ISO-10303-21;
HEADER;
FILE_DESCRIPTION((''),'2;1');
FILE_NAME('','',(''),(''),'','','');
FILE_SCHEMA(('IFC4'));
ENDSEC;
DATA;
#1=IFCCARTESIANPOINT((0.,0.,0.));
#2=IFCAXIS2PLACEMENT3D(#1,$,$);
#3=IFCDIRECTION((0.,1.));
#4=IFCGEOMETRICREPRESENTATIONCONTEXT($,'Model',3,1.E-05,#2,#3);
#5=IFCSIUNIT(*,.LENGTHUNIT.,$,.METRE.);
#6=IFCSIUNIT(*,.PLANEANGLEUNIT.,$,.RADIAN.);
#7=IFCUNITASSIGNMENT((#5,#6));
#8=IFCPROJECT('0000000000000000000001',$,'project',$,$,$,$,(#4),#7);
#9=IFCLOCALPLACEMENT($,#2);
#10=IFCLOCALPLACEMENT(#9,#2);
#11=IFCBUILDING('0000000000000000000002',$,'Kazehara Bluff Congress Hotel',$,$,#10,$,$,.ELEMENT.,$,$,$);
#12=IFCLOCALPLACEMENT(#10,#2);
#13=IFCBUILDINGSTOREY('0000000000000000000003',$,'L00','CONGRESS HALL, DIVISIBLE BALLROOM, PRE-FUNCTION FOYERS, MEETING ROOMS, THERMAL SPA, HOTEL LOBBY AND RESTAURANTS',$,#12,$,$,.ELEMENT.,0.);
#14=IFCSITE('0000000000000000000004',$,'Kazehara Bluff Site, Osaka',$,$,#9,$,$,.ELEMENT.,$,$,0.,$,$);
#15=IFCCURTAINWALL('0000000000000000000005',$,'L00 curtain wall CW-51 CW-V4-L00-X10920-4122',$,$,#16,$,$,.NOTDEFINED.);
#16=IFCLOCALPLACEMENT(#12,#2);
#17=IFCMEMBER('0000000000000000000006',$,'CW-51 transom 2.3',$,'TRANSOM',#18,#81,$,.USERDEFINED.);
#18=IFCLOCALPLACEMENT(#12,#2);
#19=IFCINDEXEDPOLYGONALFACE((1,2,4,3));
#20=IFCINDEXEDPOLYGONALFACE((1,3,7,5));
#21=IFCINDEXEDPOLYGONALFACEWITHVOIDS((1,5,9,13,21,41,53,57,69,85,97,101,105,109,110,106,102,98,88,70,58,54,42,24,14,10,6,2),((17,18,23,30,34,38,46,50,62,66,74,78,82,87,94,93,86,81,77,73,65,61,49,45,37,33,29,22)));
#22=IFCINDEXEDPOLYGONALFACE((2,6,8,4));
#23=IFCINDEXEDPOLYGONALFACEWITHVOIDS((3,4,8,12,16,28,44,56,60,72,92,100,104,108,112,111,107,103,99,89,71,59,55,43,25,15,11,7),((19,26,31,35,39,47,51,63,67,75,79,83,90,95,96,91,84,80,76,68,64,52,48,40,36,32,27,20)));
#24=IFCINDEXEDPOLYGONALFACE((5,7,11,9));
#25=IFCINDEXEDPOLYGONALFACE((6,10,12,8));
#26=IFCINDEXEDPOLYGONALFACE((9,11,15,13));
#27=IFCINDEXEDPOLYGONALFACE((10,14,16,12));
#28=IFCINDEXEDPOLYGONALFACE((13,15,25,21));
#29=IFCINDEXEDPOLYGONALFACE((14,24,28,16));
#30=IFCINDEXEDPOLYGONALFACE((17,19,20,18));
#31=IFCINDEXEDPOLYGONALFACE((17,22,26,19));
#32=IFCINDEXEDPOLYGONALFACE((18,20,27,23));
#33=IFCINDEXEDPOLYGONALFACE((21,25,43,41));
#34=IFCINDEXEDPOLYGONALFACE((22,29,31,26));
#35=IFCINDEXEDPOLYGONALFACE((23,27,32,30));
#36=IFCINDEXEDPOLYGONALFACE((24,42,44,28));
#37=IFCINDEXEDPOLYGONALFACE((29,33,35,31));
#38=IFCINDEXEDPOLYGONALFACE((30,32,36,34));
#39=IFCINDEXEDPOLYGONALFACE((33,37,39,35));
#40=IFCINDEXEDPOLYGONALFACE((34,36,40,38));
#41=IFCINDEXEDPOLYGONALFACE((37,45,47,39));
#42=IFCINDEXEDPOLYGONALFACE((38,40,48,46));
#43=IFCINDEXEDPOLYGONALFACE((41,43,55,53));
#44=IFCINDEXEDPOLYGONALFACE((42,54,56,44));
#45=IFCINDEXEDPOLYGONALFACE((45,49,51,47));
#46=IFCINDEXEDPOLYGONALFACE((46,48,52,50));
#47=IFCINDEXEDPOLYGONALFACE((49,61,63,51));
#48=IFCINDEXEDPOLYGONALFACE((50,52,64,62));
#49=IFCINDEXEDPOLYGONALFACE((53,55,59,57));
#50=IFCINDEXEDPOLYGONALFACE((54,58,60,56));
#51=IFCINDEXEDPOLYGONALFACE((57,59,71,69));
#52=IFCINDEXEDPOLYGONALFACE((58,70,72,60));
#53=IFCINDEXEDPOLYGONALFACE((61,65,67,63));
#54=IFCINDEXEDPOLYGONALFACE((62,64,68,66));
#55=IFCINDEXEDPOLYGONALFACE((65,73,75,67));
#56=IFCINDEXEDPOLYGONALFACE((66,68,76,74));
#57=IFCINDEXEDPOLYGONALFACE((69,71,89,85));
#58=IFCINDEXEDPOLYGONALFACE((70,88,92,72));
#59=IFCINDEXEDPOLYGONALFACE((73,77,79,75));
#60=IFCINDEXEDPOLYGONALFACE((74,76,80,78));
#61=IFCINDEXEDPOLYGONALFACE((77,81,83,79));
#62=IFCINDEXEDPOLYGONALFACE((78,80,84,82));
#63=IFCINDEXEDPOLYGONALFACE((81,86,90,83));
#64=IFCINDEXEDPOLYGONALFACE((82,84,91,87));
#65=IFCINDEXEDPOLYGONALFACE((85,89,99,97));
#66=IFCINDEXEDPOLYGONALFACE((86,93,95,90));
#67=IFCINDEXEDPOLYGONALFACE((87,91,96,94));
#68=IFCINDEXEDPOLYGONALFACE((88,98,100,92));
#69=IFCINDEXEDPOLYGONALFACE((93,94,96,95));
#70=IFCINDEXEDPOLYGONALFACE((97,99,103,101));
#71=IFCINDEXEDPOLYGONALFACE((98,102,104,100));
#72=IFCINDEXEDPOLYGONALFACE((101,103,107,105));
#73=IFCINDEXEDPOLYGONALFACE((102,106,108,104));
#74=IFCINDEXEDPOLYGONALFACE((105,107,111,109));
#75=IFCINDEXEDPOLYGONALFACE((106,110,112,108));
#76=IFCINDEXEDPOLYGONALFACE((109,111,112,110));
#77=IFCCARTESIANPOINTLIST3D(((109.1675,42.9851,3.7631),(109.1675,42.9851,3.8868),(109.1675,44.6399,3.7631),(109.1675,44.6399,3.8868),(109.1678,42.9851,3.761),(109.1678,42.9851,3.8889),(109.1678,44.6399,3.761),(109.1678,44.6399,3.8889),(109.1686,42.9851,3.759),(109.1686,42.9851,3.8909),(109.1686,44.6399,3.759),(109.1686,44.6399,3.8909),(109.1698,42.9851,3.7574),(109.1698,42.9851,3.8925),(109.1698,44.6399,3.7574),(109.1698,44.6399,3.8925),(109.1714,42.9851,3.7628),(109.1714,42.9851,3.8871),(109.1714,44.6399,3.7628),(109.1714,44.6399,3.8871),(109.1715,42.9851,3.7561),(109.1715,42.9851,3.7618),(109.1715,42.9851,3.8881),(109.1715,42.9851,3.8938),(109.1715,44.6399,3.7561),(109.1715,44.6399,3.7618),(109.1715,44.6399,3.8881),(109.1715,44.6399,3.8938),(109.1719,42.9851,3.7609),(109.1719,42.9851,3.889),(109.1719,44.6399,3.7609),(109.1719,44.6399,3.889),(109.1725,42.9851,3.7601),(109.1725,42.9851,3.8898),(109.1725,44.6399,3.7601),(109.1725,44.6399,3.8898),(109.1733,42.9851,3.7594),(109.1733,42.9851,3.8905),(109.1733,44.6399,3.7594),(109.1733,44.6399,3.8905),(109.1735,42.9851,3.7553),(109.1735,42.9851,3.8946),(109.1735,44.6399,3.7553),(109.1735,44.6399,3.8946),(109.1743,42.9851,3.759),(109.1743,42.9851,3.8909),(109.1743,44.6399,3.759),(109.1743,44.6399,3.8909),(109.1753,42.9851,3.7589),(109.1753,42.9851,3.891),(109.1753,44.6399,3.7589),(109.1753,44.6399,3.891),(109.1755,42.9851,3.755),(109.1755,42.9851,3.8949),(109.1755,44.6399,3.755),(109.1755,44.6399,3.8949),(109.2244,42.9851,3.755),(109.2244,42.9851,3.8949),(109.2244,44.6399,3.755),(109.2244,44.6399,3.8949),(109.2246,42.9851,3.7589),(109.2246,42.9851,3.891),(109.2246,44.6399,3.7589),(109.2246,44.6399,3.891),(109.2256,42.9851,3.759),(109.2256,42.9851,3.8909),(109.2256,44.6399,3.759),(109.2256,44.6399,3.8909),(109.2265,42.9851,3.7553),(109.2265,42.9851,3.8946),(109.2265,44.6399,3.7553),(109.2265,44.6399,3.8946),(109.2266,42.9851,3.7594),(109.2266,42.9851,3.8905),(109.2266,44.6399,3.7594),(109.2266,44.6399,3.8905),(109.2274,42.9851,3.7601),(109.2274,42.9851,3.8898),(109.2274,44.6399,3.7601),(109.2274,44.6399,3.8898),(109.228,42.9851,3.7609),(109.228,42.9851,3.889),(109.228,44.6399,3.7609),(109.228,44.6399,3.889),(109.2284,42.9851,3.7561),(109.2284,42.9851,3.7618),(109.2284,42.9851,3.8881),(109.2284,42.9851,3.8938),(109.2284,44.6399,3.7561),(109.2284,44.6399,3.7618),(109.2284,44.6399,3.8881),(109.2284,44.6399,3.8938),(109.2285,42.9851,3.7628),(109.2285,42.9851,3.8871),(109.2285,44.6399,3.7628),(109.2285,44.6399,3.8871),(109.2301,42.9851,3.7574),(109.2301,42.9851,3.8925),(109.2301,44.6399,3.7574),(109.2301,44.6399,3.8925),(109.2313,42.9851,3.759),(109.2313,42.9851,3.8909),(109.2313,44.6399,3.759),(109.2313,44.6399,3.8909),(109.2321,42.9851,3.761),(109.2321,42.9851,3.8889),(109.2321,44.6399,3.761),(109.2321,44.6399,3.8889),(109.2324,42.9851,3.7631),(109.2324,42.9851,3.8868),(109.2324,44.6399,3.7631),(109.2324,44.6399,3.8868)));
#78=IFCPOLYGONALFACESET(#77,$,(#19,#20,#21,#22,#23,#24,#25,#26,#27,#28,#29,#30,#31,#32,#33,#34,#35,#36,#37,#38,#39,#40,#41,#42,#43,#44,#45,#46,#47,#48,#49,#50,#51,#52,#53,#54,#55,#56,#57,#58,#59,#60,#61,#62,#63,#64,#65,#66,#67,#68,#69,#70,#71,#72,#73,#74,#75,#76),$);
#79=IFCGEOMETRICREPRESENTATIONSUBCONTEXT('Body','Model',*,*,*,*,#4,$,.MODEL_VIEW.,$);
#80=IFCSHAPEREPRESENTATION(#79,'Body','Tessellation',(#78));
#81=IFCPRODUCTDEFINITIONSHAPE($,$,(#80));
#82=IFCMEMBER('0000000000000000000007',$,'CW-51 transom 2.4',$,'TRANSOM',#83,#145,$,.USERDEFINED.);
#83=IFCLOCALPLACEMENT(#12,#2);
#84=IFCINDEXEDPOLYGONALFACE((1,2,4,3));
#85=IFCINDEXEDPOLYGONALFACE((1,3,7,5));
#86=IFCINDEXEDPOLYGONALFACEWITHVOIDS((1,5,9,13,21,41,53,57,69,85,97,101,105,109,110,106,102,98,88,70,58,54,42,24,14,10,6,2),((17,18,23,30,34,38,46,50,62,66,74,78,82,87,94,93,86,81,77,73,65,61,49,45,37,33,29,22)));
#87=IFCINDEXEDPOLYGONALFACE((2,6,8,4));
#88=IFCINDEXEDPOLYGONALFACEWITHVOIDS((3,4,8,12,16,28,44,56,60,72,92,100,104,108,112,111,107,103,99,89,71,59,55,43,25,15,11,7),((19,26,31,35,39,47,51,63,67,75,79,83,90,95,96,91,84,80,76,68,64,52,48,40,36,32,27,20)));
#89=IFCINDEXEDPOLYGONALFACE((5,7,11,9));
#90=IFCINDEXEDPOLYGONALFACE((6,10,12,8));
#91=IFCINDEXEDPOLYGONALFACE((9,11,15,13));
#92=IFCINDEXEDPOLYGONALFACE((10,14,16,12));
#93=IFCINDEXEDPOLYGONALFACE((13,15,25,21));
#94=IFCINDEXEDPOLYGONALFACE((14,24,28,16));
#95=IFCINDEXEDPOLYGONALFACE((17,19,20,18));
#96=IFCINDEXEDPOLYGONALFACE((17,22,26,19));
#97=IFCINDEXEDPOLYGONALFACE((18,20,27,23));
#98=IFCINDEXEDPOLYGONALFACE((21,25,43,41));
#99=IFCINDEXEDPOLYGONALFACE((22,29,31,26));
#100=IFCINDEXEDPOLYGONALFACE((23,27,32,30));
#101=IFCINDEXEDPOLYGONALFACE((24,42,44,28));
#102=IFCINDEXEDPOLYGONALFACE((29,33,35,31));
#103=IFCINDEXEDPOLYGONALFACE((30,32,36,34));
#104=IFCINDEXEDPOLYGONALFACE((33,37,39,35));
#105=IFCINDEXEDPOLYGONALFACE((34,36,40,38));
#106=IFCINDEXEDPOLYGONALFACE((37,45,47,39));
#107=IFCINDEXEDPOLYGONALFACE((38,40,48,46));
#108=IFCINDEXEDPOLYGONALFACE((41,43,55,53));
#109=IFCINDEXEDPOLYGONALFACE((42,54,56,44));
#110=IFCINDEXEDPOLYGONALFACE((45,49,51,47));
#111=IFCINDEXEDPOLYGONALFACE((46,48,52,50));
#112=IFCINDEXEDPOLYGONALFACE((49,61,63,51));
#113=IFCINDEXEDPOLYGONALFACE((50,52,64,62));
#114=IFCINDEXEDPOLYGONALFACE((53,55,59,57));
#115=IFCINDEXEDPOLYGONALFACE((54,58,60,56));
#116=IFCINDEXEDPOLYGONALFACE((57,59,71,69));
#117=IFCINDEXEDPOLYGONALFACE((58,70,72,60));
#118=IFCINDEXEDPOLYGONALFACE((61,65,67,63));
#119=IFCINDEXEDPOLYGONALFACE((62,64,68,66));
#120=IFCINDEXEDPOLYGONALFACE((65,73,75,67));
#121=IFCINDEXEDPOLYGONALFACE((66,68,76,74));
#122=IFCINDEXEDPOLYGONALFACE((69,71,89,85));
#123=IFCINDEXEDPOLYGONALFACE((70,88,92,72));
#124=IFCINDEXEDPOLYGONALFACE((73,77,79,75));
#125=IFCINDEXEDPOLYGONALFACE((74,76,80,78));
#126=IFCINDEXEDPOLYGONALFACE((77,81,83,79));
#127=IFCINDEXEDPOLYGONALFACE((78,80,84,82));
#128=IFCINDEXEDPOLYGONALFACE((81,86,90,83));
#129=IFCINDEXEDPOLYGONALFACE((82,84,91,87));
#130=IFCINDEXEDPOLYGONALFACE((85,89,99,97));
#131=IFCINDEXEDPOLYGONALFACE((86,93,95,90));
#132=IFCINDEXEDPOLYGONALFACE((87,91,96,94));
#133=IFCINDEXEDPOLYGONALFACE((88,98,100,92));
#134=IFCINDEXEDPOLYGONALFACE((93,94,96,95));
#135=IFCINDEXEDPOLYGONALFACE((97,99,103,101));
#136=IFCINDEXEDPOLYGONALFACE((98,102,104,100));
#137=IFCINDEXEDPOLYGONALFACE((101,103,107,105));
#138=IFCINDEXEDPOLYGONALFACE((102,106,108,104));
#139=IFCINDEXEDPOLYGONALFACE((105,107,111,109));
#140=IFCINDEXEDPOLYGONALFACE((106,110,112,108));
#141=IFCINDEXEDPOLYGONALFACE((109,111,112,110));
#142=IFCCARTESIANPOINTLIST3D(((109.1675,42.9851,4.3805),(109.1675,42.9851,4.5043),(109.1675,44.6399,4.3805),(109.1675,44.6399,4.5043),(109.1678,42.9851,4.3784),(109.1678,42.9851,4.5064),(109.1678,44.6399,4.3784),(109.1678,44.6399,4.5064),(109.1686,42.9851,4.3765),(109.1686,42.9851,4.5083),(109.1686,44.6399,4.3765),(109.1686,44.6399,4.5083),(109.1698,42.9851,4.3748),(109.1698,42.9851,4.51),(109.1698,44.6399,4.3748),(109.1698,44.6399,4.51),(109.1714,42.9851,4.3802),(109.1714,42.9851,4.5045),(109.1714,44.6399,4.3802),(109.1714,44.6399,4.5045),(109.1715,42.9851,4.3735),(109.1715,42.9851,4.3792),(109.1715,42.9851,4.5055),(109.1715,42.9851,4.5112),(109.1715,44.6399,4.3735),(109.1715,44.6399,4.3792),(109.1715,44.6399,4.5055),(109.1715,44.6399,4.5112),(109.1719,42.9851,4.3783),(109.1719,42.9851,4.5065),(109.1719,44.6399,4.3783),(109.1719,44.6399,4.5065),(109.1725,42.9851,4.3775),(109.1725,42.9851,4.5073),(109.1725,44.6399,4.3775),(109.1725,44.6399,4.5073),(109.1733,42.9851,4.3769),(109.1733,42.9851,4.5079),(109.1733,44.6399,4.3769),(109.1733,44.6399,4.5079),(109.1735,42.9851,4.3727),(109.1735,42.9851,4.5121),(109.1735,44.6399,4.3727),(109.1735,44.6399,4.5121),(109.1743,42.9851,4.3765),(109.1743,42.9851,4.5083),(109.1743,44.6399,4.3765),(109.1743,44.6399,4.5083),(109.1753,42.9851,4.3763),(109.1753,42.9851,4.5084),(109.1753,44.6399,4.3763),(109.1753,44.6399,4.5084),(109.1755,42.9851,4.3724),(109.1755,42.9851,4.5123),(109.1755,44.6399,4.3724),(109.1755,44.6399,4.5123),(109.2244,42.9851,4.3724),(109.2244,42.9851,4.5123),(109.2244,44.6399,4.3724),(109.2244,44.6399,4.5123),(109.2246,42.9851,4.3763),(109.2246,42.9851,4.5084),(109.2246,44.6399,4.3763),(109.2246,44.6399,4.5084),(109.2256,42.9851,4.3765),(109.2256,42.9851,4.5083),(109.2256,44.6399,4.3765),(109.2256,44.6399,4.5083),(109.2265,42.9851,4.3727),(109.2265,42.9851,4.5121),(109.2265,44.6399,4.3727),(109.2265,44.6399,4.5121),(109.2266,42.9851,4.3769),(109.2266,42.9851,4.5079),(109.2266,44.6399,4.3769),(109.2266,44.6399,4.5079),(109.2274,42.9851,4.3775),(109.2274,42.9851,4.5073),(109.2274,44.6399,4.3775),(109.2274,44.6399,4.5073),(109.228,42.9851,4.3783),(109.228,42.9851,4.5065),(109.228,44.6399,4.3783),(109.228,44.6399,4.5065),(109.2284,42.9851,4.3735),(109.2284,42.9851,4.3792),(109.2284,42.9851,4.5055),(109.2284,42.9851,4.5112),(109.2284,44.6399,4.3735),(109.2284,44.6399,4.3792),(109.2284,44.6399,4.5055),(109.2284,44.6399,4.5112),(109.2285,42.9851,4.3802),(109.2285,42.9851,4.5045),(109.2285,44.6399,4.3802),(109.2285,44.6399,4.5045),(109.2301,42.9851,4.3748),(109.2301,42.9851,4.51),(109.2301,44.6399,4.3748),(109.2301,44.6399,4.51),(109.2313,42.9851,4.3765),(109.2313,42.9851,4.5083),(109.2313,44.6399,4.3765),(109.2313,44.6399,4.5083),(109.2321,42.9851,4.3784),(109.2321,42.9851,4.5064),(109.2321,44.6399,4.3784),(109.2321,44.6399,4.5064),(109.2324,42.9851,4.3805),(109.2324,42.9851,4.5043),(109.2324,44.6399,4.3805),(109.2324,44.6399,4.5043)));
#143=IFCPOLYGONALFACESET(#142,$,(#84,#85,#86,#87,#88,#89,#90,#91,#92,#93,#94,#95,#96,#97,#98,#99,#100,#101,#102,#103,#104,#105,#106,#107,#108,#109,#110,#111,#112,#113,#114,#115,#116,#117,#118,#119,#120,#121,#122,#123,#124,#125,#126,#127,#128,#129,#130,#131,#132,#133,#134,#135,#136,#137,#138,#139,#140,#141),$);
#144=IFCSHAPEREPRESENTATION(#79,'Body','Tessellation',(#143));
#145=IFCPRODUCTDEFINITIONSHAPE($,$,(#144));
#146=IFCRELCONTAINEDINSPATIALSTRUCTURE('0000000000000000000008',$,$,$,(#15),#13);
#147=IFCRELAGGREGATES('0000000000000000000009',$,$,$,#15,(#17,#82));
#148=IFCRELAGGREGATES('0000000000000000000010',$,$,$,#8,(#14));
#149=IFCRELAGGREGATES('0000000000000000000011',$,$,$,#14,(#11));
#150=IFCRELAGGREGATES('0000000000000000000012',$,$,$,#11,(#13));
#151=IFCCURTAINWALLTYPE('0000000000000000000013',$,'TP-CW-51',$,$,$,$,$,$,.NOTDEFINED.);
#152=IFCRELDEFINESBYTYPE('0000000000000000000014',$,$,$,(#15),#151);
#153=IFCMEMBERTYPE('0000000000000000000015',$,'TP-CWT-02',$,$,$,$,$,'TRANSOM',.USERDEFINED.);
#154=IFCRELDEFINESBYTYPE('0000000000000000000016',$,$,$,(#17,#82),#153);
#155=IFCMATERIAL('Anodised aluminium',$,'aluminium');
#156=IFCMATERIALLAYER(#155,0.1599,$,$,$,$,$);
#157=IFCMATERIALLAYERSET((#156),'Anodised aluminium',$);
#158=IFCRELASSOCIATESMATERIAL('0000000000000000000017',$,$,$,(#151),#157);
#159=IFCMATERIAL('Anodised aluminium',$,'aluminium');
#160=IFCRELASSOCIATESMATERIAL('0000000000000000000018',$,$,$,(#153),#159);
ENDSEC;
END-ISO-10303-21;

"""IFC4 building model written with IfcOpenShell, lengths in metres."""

from ifc_helpers import new_model, si_unit, direction, frame, origin, origin_2d, place, context, subcontext, project, spatial, hollow_rectangle, extrude, material, layer, layer_set, material_profile, profile_set, type_object, element, aggregate, save


model = new_model("IFC4")

# Units and contexts
model_context = context("Model", 3, precision=1e-05, world=origin(), true_north=direction((0.0, 1.0)))
body_context = subcontext(model_context, "Body", "Model", "MODEL_VIEW")
ifc_project = project(units=[si_unit("LENGTHUNIT", "METRE"), si_unit("PLANEANGLEUNIT", "RADIAN")], contexts=[model_context])

# Site, building, storey
site_placement = place(None, origin())
site = spatial("IfcSite", under=ifc_project, at=site_placement, Name="Kazehara Bluff Site, Osaka", CompositionType="ELEMENT", RefElevation=0.0)
building_placement = place(site_placement, origin())
building = spatial("IfcBuilding", under=site, at=building_placement, Name="Kazehara Bluff Congress Hotel", CompositionType="ELEMENT")
storey_placement = place(building_placement, origin())
storey = spatial("IfcBuildingStorey", under=building, at=storey_placement, Name="L00", Description="CONGRESS HALL, DIVISIBLE BALLROOM, PRE-FUNCTION FOYERS, MEETING ROOMS, THERMAL SPA, HOTEL LOBBY AND RESTAURANTS", CompositionType="ELEMENT", Elevation=0.0)

# Curtain wall
ifc_material_1 = material(Name="Anodised aluminium", Category="aluminium")
ifc_layer_1 = layer(ifc_material_1, 0.1599)
ifc_layer_set_1 = layer_set([ifc_layer_1], Name="Anodised aluminium")
curtain_wall_type_1 = type_object("IfcCurtainWallType", Name="TP-CW-51", PredefinedType="NOTDEFINED", material=ifc_layer_set_1)
curtain_wall_1_placement = place(storey_placement, origin())
curtain_wall_1 = element("IfcCurtainWall", 1, at=curtain_wall_1_placement, inside=storey, type_object=curtain_wall_type_1, Name="L00 curtain wall CW-51 CW-V4-L00-X10920-4122", PredefinedType="NOTDEFINED")

# Members
ifc_material_2 = material(Name="Anodised aluminium", Category="aluminium")
ifc_material_profile_1 = material_profile(ifc_material_2, hollow_rectangle(XDim=0.0649, YDim=0.1399, WallThickness=0.0039, InnerFilletRadius=0.0039, OuterFilletRadius=0.0081, at=origin_2d()))
ifc_profile_set_1 = profile_set([ifc_material_profile_1], Name="Anodised aluminium")
member_type_1 = type_object("IfcMemberType", Name="TP-CWT-02", ElementType="TRANSOM", PredefinedType="USERDEFINED", material=ifc_profile_set_1)
member_1_placement = place(storey_placement, frame((109.2, 42.9851, 3.825), z_axis=(0.0, 1.0, 0.0), x_axis=(-1.0, 0.0, 0.0)))
member_1 = element("IfcMember", 2, at=member_1_placement, type_object=member_type_1, Name="CW-51 transom 2.3", ObjectType="TRANSOM", PredefinedType="USERDEFINED", context=body_context, shape_type="SweptSolid", body=[
    extrude(hollow_rectangle(XDim=0.0649, YDim=0.1399, WallThickness=0.0039, InnerFilletRadius=0.0039, OuterFilletRadius=0.0081, at=origin_2d()), origin(), (0.0, 0.0, 1.0), 1.6548),
])
member_2_placement = place(storey_placement, frame((109.2, 42.9851, 4.4424), z_axis=(0.0, 1.0, 0.0), x_axis=(-1.0, 0.0, 0.0)))
member_2 = element("IfcMember", 3, at=member_2_placement, type_object=member_type_1, Name="CW-51 transom 2.4", ObjectType="TRANSOM", PredefinedType="USERDEFINED", context=body_context, shape_type="SweptSolid", body=[
    extrude(hollow_rectangle(XDim=0.0649, YDim=0.1399, WallThickness=0.0039, InnerFilletRadius=0.0039, OuterFilletRadius=0.0081, at=origin_2d()), origin(), (0.0, 0.0, 1.0), 1.6548),
])

aggregate(curtain_wall_1, [member_1, member_2])

save(model, "model.ifc")
